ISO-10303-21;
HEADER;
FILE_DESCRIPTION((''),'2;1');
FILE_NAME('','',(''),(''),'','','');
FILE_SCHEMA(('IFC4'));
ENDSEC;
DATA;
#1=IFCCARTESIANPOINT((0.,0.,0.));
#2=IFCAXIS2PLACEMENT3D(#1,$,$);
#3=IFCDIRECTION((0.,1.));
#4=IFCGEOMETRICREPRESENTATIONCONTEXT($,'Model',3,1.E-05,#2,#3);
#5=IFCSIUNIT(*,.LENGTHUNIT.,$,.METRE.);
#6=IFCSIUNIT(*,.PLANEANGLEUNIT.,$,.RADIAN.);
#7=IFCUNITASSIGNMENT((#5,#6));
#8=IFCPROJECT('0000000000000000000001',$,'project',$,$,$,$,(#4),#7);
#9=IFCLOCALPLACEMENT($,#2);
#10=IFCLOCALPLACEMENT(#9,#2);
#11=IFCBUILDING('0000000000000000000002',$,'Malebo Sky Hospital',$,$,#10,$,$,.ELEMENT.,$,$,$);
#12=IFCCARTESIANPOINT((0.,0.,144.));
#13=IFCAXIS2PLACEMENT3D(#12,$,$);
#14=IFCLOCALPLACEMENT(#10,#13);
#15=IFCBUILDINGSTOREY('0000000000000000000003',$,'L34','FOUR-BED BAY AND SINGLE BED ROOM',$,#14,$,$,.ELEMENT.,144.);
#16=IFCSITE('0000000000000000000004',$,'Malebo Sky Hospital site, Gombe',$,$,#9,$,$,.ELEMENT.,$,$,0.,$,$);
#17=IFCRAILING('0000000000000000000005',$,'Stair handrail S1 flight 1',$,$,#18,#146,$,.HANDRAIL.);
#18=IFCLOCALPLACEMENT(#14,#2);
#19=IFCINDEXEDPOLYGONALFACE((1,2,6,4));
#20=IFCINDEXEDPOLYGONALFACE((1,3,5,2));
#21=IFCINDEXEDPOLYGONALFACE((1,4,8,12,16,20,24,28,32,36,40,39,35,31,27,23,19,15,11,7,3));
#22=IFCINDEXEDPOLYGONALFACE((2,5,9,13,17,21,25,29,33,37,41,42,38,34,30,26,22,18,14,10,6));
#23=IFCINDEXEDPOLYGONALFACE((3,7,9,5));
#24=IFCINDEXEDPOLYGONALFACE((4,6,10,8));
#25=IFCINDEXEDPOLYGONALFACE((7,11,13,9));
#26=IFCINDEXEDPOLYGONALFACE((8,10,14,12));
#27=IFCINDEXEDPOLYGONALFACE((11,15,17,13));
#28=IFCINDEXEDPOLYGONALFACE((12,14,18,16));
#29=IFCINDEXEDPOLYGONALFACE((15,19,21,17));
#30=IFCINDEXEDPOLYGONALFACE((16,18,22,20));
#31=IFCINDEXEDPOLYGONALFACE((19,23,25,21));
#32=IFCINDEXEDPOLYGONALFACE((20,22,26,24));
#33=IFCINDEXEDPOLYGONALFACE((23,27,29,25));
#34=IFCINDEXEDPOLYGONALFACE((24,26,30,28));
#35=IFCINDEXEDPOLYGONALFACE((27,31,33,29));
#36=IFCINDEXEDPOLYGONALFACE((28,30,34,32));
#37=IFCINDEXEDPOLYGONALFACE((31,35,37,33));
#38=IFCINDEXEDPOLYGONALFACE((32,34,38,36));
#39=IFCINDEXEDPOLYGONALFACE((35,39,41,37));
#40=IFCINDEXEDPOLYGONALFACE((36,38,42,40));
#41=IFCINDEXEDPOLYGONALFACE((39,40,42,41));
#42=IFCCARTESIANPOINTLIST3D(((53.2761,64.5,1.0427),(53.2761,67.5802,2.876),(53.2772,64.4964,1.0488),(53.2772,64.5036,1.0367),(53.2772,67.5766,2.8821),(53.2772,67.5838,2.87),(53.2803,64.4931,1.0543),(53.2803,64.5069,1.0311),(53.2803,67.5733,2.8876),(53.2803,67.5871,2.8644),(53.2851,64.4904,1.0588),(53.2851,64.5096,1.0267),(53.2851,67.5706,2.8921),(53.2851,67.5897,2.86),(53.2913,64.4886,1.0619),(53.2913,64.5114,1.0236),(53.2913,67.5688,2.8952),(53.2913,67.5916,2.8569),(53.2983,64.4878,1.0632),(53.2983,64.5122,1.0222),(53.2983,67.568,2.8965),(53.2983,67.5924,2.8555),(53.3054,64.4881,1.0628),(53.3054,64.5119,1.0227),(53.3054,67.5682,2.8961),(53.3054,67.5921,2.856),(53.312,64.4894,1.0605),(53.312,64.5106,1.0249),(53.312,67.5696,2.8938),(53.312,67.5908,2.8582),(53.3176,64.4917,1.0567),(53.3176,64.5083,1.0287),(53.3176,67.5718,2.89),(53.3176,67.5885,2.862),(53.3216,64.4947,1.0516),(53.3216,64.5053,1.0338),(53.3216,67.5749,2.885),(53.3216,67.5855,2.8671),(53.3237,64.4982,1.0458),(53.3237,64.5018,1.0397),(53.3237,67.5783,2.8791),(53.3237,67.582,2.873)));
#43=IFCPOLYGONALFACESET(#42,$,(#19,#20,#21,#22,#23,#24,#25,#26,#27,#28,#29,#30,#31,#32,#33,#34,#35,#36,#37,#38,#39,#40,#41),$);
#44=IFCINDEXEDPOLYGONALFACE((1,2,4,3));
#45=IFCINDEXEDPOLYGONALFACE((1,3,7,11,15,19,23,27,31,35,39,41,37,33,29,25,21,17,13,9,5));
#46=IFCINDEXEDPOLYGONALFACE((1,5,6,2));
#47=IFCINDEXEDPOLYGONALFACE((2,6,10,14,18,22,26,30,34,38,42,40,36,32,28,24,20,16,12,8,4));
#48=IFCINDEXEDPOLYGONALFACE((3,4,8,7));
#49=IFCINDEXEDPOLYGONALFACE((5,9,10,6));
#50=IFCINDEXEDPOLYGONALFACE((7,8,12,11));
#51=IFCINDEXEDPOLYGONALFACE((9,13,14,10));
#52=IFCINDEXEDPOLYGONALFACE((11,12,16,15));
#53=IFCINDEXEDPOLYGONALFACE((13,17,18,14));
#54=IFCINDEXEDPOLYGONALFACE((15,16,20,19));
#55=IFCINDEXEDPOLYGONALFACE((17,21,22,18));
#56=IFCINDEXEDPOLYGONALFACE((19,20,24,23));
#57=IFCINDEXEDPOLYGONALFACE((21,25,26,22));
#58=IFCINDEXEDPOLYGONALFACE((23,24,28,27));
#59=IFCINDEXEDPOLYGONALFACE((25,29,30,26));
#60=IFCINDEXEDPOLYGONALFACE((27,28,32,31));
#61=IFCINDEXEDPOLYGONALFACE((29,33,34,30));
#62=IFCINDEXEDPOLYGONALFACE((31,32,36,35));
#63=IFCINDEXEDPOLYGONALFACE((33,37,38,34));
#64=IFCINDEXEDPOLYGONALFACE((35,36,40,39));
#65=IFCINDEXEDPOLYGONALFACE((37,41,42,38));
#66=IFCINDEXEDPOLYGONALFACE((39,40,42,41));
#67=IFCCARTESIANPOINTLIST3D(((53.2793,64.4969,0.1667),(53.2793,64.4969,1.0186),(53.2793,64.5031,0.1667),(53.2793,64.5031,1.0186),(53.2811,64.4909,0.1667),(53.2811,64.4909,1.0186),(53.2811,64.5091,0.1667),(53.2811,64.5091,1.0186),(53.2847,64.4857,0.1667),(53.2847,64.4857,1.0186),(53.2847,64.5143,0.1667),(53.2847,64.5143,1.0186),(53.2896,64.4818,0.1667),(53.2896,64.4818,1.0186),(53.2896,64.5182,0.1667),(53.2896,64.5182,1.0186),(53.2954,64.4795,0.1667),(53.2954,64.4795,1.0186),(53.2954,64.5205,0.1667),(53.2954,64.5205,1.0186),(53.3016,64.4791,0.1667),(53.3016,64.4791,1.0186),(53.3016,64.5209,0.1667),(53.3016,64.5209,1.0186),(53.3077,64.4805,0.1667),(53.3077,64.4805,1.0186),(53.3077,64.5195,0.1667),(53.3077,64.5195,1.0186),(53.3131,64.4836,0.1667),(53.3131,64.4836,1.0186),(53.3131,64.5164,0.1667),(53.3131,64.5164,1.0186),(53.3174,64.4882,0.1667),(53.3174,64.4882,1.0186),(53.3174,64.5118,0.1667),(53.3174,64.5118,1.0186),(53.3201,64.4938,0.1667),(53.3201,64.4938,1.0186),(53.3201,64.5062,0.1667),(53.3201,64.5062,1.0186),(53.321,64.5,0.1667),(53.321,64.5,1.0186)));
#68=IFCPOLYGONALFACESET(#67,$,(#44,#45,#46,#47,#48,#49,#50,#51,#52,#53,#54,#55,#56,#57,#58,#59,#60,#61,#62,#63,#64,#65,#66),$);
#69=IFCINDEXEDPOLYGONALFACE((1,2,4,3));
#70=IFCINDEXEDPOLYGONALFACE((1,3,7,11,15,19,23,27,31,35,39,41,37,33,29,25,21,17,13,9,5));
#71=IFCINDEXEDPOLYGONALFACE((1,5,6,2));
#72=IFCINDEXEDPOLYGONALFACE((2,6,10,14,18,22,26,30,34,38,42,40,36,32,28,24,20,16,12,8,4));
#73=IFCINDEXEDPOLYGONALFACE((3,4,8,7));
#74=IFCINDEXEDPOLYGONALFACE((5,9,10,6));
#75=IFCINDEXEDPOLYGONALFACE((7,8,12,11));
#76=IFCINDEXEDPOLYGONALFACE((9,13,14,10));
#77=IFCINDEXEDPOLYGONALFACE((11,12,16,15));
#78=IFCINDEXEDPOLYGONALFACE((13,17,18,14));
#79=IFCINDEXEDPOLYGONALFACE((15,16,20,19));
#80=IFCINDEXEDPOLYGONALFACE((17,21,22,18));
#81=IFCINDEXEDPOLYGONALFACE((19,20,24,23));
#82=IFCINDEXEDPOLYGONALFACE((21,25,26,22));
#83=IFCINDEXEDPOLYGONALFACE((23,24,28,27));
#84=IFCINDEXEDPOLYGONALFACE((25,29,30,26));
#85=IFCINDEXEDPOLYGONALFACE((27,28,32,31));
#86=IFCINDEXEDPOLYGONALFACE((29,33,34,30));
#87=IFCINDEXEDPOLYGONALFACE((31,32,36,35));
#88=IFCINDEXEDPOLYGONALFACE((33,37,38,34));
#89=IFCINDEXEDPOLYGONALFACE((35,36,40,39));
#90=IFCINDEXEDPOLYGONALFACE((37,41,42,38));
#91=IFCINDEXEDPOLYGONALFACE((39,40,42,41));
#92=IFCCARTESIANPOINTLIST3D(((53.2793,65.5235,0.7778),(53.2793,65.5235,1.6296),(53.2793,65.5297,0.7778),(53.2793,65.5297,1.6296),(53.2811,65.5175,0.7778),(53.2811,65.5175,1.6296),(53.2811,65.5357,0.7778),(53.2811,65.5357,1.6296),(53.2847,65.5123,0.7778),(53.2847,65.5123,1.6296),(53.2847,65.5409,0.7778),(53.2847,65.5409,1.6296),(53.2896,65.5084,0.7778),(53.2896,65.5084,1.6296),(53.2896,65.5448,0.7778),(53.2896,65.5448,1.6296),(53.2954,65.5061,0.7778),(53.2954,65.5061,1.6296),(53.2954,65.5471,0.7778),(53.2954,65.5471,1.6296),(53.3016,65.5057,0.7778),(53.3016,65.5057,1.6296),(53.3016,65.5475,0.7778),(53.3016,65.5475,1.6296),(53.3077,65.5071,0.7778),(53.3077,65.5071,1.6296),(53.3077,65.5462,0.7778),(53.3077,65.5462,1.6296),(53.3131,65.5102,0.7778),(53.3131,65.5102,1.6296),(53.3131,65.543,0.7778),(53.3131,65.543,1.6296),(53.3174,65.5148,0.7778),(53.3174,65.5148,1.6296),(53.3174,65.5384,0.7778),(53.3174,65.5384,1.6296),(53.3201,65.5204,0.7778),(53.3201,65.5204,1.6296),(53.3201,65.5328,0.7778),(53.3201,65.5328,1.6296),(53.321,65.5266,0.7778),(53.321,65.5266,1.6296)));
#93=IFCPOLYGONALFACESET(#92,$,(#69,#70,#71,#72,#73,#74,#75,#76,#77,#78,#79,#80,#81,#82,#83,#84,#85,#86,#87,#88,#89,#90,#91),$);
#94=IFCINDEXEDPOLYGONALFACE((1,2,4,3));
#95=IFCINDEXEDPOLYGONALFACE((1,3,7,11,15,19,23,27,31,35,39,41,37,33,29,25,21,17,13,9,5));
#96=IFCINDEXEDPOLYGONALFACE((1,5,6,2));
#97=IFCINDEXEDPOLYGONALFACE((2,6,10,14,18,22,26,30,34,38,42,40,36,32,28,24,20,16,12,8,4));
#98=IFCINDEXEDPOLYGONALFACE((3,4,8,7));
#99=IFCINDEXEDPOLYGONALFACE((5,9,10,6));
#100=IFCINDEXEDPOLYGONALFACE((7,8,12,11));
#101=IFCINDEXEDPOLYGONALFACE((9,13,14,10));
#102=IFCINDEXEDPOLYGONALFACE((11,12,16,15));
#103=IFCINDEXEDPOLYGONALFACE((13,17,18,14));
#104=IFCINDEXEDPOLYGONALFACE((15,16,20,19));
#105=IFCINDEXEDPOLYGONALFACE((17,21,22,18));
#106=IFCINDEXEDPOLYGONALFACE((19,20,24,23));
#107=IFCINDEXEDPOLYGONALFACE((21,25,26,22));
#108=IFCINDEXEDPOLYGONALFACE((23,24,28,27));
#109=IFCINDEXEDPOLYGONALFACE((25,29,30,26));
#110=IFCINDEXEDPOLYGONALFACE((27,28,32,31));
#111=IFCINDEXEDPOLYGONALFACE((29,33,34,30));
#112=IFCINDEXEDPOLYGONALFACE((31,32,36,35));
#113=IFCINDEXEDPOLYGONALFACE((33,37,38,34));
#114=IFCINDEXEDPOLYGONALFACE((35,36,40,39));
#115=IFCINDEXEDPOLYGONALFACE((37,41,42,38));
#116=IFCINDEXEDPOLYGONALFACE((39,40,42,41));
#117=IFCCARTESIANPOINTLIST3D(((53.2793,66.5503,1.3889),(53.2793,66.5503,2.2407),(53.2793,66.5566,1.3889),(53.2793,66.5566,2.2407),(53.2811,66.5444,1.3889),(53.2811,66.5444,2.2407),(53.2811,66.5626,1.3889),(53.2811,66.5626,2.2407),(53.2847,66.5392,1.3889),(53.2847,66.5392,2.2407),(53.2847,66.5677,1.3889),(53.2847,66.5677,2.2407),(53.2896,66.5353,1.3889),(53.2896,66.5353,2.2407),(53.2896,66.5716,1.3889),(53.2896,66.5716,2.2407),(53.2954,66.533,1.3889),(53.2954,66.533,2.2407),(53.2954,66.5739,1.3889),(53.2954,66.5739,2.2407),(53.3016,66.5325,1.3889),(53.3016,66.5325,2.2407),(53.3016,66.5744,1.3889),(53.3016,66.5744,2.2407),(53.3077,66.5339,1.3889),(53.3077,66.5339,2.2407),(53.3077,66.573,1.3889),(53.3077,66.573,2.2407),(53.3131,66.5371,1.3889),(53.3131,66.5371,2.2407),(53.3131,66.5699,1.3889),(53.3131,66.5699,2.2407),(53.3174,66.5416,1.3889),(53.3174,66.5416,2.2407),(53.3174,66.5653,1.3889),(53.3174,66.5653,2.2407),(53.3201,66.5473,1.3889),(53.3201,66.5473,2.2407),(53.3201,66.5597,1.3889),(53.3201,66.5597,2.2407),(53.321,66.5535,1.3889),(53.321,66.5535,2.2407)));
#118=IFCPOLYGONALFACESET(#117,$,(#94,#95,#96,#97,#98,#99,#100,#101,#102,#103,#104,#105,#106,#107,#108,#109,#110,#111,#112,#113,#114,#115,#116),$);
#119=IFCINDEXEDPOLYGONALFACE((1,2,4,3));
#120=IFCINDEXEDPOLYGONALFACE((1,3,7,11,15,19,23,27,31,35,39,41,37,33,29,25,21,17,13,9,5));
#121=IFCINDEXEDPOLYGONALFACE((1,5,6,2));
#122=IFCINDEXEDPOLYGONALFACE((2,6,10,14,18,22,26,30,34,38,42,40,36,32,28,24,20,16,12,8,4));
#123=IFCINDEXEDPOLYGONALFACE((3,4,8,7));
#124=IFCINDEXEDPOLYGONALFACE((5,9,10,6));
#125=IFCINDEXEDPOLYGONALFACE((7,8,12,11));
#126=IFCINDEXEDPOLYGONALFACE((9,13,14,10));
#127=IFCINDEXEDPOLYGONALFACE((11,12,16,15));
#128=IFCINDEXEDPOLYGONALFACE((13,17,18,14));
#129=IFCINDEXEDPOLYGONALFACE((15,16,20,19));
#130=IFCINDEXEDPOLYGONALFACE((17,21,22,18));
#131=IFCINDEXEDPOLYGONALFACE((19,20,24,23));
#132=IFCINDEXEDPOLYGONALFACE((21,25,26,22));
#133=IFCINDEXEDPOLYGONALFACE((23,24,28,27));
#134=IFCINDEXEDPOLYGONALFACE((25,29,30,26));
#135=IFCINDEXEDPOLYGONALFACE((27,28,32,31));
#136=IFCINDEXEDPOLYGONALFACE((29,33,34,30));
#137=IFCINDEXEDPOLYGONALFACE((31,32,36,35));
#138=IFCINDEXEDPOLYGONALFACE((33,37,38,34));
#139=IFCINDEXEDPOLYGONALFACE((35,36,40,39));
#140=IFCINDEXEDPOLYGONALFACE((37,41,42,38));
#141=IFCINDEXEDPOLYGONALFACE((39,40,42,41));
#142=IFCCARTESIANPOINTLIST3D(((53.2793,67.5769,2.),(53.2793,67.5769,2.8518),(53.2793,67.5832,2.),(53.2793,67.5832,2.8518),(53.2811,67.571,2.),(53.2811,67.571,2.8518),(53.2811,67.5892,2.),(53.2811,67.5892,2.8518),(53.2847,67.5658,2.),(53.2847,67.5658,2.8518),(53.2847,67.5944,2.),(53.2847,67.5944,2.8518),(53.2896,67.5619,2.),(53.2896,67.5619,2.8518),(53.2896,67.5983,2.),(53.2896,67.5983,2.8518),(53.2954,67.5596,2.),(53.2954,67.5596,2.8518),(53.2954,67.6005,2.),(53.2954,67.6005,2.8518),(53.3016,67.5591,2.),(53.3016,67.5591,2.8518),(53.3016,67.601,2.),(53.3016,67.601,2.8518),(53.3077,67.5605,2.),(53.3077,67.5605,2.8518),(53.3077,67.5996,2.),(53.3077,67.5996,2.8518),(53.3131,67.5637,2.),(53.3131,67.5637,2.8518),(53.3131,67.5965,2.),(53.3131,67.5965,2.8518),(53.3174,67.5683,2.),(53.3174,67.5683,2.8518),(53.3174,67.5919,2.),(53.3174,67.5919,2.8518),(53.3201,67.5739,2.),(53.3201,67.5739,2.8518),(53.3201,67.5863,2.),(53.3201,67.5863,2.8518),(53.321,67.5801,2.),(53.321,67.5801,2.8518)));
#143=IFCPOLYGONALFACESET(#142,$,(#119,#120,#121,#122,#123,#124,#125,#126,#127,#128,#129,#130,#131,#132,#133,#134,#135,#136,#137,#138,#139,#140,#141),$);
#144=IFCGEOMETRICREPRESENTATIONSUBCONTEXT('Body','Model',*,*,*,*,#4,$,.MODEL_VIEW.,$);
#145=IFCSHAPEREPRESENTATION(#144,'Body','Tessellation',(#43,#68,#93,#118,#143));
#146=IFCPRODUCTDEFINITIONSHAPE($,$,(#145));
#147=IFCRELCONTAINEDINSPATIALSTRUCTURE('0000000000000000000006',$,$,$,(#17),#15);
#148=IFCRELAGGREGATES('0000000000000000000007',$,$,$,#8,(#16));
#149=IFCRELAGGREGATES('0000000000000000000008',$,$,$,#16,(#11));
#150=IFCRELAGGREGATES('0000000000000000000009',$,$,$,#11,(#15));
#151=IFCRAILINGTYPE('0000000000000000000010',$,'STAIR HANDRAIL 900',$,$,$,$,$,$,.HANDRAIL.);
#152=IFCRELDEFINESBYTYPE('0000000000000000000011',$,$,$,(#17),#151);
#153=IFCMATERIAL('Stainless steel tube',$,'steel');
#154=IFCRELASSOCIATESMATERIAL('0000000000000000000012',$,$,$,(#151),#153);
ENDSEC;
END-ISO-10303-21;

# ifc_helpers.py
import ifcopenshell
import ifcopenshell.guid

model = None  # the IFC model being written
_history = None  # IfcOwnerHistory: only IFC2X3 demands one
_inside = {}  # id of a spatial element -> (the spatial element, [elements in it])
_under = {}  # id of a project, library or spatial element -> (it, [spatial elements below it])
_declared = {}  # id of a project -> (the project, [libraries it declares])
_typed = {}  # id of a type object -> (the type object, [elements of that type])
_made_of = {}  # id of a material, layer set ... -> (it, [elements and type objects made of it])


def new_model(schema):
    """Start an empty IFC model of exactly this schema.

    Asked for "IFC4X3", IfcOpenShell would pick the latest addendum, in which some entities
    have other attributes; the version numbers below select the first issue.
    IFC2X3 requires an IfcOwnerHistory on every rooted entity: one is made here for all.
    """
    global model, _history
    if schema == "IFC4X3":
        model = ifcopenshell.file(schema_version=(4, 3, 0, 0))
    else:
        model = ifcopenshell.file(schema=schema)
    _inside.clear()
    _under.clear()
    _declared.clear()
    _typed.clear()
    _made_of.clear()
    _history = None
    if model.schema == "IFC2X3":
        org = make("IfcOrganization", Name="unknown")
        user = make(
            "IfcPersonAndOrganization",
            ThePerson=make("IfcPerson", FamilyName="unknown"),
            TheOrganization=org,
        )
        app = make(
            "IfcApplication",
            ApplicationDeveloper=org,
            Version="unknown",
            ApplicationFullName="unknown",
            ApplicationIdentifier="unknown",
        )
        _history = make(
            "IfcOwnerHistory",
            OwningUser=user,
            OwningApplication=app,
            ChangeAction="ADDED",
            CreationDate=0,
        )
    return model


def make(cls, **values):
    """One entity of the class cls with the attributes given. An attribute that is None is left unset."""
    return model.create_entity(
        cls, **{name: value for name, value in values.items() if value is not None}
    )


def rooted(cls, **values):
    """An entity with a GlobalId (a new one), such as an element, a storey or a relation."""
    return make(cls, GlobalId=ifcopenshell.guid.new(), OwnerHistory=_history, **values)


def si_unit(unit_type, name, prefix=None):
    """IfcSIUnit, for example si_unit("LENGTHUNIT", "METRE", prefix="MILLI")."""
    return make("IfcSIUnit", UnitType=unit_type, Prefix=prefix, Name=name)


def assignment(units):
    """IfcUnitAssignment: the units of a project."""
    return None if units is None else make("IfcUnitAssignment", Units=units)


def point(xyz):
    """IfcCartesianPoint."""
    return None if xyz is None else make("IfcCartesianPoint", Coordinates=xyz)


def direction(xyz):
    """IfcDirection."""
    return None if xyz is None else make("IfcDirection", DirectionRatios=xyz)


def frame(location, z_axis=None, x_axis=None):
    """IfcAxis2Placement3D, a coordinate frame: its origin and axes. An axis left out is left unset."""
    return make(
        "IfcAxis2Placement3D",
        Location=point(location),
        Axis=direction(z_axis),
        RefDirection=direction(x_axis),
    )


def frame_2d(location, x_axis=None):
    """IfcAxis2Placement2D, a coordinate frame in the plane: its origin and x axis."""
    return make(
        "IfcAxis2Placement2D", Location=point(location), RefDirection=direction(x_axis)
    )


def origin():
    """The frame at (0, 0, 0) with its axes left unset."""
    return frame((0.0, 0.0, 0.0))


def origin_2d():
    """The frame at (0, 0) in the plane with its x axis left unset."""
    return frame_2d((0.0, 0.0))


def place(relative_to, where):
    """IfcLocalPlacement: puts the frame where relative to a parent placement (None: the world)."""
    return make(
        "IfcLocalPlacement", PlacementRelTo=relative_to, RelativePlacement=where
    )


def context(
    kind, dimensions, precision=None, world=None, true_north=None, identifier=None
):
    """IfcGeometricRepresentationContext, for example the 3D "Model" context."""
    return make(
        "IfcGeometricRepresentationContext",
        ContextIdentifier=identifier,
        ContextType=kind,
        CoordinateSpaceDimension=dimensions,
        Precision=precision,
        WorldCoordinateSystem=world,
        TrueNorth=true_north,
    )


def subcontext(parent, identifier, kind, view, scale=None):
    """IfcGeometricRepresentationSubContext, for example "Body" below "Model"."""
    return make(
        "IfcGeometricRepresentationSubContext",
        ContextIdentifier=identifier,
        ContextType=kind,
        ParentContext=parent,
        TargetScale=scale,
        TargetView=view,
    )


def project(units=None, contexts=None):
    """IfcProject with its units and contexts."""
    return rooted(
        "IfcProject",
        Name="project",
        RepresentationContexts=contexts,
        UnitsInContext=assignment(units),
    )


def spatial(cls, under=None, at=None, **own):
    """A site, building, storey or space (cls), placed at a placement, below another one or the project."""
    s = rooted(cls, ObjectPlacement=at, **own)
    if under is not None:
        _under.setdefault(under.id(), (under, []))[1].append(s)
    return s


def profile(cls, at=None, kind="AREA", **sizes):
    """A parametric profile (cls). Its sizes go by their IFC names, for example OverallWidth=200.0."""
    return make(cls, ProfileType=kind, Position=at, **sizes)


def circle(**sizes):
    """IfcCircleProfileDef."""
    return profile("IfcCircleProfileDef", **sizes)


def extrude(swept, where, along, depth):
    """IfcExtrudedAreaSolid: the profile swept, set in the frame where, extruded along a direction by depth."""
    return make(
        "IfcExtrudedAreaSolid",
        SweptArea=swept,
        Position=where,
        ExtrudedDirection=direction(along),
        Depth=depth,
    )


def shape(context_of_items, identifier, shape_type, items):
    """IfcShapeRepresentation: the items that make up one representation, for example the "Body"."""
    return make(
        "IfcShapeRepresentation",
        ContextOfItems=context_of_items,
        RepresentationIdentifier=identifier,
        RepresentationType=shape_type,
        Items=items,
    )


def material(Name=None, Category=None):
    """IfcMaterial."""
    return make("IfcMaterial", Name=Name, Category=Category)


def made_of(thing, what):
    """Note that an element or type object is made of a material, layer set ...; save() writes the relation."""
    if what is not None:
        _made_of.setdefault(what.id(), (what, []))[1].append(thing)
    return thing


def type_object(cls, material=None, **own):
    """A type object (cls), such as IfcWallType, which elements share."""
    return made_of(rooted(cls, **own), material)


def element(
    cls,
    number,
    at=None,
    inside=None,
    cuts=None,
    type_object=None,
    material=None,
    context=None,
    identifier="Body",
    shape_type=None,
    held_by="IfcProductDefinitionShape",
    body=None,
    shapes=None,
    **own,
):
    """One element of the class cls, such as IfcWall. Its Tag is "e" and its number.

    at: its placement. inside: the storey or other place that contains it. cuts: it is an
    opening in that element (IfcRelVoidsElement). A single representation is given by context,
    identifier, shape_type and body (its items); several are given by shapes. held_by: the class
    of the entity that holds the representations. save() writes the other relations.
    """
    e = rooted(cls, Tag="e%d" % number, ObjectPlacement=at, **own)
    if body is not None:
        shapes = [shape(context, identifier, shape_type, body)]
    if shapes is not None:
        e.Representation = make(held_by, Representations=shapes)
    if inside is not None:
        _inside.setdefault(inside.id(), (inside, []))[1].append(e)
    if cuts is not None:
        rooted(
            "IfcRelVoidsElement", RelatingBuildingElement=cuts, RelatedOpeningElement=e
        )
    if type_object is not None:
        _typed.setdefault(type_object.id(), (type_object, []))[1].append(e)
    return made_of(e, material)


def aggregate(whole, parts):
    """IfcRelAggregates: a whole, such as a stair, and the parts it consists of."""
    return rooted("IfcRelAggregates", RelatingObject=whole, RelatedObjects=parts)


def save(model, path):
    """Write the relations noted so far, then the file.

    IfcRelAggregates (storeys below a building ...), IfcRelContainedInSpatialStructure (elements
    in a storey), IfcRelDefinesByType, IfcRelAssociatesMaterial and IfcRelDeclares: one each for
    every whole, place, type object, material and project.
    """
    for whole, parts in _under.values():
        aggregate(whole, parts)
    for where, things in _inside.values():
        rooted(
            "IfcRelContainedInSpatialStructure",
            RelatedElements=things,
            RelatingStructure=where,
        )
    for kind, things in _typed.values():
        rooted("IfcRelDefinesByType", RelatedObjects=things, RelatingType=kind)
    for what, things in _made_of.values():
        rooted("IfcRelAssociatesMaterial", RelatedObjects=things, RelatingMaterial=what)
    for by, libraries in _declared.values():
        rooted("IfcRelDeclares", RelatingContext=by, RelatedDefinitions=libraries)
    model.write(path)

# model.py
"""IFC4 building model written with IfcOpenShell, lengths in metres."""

from ifc_helpers import new_model, si_unit, direction, frame, origin, origin_2d, place, context, subcontext, project, spatial, circle, extrude, material, type_object, element, save


model = new_model("IFC4")

# Units and contexts
model_context = context("Model", 3, precision=1e-05, world=origin(), true_north=direction((0.0, 1.0)))
body_context = subcontext(model_context, "Body", "Model", "MODEL_VIEW")
ifc_project = project(units=[si_unit("LENGTHUNIT", "METRE"), si_unit("PLANEANGLEUNIT", "RADIAN")], contexts=[model_context])

# Site, building, storey
site_placement = place(None, origin())
site = spatial("IfcSite", under=ifc_project, at=site_placement, Name="Malebo Sky Hospital site, Gombe", CompositionType="ELEMENT", RefElevation=0.0)
building_placement = place(site_placement, origin())
building = spatial("IfcBuilding", under=site, at=building_placement, Name="Malebo Sky Hospital", CompositionType="ELEMENT")
storey_placement = place(building_placement, frame((0.0, 0.0, 144.0)))
storey = spatial("IfcBuildingStorey", under=building, at=storey_placement, Name="L34", Description="FOUR-BED BAY AND SINGLE BED ROOM", CompositionType="ELEMENT", Elevation=144.0)

# Railing
ifc_material_1 = material(Name="Stainless steel tube", Category="steel")
railing_type = type_object("IfcRailingType", Name="STAIR HANDRAIL 900", PredefinedType="HANDRAIL", material=ifc_material_1)
railing_1_placement = place(storey_placement, frame((53.3, 64.5, 0.1667)))
element("IfcRailing", 1, at=railing_1_placement, inside=storey, type_object=railing_type, Name="Stair handrail S1 flight 1", PredefinedType="HANDRAIL", context=body_context, shape_type="SweptSolid", body=[
    extrude(circle(Radius=0.0239, at=origin_2d()), frame((0.0, 0.0, 0.876), z_axis=(0.0, 0.859309, 0.511458), x_axis=(-1.0, 0.0, 0.0)), (0.0, 0.0, 1.0), 3.5845),
    extrude(circle(Radius=0.021, at=origin_2d()), origin(), (0.0, 0.0, 1.0), 0.8518),
    extrude(circle(Radius=0.021, at=origin_2d()), frame((0.0, 1.0266, 0.6111)), (0.0, 0.0, 1.0), 0.8518),
    extrude(circle(Radius=0.021, at=origin_2d()), frame((0.0, 2.0535, 1.2222)), (0.0, 0.0, 1.0), 0.8518),
    extrude(circle(Radius=0.021, at=origin_2d()), frame((0.0, 3.0801, 1.8333)), (0.0, 0.0, 1.0), 0.8518),
])

save(model, "model.ifc")
